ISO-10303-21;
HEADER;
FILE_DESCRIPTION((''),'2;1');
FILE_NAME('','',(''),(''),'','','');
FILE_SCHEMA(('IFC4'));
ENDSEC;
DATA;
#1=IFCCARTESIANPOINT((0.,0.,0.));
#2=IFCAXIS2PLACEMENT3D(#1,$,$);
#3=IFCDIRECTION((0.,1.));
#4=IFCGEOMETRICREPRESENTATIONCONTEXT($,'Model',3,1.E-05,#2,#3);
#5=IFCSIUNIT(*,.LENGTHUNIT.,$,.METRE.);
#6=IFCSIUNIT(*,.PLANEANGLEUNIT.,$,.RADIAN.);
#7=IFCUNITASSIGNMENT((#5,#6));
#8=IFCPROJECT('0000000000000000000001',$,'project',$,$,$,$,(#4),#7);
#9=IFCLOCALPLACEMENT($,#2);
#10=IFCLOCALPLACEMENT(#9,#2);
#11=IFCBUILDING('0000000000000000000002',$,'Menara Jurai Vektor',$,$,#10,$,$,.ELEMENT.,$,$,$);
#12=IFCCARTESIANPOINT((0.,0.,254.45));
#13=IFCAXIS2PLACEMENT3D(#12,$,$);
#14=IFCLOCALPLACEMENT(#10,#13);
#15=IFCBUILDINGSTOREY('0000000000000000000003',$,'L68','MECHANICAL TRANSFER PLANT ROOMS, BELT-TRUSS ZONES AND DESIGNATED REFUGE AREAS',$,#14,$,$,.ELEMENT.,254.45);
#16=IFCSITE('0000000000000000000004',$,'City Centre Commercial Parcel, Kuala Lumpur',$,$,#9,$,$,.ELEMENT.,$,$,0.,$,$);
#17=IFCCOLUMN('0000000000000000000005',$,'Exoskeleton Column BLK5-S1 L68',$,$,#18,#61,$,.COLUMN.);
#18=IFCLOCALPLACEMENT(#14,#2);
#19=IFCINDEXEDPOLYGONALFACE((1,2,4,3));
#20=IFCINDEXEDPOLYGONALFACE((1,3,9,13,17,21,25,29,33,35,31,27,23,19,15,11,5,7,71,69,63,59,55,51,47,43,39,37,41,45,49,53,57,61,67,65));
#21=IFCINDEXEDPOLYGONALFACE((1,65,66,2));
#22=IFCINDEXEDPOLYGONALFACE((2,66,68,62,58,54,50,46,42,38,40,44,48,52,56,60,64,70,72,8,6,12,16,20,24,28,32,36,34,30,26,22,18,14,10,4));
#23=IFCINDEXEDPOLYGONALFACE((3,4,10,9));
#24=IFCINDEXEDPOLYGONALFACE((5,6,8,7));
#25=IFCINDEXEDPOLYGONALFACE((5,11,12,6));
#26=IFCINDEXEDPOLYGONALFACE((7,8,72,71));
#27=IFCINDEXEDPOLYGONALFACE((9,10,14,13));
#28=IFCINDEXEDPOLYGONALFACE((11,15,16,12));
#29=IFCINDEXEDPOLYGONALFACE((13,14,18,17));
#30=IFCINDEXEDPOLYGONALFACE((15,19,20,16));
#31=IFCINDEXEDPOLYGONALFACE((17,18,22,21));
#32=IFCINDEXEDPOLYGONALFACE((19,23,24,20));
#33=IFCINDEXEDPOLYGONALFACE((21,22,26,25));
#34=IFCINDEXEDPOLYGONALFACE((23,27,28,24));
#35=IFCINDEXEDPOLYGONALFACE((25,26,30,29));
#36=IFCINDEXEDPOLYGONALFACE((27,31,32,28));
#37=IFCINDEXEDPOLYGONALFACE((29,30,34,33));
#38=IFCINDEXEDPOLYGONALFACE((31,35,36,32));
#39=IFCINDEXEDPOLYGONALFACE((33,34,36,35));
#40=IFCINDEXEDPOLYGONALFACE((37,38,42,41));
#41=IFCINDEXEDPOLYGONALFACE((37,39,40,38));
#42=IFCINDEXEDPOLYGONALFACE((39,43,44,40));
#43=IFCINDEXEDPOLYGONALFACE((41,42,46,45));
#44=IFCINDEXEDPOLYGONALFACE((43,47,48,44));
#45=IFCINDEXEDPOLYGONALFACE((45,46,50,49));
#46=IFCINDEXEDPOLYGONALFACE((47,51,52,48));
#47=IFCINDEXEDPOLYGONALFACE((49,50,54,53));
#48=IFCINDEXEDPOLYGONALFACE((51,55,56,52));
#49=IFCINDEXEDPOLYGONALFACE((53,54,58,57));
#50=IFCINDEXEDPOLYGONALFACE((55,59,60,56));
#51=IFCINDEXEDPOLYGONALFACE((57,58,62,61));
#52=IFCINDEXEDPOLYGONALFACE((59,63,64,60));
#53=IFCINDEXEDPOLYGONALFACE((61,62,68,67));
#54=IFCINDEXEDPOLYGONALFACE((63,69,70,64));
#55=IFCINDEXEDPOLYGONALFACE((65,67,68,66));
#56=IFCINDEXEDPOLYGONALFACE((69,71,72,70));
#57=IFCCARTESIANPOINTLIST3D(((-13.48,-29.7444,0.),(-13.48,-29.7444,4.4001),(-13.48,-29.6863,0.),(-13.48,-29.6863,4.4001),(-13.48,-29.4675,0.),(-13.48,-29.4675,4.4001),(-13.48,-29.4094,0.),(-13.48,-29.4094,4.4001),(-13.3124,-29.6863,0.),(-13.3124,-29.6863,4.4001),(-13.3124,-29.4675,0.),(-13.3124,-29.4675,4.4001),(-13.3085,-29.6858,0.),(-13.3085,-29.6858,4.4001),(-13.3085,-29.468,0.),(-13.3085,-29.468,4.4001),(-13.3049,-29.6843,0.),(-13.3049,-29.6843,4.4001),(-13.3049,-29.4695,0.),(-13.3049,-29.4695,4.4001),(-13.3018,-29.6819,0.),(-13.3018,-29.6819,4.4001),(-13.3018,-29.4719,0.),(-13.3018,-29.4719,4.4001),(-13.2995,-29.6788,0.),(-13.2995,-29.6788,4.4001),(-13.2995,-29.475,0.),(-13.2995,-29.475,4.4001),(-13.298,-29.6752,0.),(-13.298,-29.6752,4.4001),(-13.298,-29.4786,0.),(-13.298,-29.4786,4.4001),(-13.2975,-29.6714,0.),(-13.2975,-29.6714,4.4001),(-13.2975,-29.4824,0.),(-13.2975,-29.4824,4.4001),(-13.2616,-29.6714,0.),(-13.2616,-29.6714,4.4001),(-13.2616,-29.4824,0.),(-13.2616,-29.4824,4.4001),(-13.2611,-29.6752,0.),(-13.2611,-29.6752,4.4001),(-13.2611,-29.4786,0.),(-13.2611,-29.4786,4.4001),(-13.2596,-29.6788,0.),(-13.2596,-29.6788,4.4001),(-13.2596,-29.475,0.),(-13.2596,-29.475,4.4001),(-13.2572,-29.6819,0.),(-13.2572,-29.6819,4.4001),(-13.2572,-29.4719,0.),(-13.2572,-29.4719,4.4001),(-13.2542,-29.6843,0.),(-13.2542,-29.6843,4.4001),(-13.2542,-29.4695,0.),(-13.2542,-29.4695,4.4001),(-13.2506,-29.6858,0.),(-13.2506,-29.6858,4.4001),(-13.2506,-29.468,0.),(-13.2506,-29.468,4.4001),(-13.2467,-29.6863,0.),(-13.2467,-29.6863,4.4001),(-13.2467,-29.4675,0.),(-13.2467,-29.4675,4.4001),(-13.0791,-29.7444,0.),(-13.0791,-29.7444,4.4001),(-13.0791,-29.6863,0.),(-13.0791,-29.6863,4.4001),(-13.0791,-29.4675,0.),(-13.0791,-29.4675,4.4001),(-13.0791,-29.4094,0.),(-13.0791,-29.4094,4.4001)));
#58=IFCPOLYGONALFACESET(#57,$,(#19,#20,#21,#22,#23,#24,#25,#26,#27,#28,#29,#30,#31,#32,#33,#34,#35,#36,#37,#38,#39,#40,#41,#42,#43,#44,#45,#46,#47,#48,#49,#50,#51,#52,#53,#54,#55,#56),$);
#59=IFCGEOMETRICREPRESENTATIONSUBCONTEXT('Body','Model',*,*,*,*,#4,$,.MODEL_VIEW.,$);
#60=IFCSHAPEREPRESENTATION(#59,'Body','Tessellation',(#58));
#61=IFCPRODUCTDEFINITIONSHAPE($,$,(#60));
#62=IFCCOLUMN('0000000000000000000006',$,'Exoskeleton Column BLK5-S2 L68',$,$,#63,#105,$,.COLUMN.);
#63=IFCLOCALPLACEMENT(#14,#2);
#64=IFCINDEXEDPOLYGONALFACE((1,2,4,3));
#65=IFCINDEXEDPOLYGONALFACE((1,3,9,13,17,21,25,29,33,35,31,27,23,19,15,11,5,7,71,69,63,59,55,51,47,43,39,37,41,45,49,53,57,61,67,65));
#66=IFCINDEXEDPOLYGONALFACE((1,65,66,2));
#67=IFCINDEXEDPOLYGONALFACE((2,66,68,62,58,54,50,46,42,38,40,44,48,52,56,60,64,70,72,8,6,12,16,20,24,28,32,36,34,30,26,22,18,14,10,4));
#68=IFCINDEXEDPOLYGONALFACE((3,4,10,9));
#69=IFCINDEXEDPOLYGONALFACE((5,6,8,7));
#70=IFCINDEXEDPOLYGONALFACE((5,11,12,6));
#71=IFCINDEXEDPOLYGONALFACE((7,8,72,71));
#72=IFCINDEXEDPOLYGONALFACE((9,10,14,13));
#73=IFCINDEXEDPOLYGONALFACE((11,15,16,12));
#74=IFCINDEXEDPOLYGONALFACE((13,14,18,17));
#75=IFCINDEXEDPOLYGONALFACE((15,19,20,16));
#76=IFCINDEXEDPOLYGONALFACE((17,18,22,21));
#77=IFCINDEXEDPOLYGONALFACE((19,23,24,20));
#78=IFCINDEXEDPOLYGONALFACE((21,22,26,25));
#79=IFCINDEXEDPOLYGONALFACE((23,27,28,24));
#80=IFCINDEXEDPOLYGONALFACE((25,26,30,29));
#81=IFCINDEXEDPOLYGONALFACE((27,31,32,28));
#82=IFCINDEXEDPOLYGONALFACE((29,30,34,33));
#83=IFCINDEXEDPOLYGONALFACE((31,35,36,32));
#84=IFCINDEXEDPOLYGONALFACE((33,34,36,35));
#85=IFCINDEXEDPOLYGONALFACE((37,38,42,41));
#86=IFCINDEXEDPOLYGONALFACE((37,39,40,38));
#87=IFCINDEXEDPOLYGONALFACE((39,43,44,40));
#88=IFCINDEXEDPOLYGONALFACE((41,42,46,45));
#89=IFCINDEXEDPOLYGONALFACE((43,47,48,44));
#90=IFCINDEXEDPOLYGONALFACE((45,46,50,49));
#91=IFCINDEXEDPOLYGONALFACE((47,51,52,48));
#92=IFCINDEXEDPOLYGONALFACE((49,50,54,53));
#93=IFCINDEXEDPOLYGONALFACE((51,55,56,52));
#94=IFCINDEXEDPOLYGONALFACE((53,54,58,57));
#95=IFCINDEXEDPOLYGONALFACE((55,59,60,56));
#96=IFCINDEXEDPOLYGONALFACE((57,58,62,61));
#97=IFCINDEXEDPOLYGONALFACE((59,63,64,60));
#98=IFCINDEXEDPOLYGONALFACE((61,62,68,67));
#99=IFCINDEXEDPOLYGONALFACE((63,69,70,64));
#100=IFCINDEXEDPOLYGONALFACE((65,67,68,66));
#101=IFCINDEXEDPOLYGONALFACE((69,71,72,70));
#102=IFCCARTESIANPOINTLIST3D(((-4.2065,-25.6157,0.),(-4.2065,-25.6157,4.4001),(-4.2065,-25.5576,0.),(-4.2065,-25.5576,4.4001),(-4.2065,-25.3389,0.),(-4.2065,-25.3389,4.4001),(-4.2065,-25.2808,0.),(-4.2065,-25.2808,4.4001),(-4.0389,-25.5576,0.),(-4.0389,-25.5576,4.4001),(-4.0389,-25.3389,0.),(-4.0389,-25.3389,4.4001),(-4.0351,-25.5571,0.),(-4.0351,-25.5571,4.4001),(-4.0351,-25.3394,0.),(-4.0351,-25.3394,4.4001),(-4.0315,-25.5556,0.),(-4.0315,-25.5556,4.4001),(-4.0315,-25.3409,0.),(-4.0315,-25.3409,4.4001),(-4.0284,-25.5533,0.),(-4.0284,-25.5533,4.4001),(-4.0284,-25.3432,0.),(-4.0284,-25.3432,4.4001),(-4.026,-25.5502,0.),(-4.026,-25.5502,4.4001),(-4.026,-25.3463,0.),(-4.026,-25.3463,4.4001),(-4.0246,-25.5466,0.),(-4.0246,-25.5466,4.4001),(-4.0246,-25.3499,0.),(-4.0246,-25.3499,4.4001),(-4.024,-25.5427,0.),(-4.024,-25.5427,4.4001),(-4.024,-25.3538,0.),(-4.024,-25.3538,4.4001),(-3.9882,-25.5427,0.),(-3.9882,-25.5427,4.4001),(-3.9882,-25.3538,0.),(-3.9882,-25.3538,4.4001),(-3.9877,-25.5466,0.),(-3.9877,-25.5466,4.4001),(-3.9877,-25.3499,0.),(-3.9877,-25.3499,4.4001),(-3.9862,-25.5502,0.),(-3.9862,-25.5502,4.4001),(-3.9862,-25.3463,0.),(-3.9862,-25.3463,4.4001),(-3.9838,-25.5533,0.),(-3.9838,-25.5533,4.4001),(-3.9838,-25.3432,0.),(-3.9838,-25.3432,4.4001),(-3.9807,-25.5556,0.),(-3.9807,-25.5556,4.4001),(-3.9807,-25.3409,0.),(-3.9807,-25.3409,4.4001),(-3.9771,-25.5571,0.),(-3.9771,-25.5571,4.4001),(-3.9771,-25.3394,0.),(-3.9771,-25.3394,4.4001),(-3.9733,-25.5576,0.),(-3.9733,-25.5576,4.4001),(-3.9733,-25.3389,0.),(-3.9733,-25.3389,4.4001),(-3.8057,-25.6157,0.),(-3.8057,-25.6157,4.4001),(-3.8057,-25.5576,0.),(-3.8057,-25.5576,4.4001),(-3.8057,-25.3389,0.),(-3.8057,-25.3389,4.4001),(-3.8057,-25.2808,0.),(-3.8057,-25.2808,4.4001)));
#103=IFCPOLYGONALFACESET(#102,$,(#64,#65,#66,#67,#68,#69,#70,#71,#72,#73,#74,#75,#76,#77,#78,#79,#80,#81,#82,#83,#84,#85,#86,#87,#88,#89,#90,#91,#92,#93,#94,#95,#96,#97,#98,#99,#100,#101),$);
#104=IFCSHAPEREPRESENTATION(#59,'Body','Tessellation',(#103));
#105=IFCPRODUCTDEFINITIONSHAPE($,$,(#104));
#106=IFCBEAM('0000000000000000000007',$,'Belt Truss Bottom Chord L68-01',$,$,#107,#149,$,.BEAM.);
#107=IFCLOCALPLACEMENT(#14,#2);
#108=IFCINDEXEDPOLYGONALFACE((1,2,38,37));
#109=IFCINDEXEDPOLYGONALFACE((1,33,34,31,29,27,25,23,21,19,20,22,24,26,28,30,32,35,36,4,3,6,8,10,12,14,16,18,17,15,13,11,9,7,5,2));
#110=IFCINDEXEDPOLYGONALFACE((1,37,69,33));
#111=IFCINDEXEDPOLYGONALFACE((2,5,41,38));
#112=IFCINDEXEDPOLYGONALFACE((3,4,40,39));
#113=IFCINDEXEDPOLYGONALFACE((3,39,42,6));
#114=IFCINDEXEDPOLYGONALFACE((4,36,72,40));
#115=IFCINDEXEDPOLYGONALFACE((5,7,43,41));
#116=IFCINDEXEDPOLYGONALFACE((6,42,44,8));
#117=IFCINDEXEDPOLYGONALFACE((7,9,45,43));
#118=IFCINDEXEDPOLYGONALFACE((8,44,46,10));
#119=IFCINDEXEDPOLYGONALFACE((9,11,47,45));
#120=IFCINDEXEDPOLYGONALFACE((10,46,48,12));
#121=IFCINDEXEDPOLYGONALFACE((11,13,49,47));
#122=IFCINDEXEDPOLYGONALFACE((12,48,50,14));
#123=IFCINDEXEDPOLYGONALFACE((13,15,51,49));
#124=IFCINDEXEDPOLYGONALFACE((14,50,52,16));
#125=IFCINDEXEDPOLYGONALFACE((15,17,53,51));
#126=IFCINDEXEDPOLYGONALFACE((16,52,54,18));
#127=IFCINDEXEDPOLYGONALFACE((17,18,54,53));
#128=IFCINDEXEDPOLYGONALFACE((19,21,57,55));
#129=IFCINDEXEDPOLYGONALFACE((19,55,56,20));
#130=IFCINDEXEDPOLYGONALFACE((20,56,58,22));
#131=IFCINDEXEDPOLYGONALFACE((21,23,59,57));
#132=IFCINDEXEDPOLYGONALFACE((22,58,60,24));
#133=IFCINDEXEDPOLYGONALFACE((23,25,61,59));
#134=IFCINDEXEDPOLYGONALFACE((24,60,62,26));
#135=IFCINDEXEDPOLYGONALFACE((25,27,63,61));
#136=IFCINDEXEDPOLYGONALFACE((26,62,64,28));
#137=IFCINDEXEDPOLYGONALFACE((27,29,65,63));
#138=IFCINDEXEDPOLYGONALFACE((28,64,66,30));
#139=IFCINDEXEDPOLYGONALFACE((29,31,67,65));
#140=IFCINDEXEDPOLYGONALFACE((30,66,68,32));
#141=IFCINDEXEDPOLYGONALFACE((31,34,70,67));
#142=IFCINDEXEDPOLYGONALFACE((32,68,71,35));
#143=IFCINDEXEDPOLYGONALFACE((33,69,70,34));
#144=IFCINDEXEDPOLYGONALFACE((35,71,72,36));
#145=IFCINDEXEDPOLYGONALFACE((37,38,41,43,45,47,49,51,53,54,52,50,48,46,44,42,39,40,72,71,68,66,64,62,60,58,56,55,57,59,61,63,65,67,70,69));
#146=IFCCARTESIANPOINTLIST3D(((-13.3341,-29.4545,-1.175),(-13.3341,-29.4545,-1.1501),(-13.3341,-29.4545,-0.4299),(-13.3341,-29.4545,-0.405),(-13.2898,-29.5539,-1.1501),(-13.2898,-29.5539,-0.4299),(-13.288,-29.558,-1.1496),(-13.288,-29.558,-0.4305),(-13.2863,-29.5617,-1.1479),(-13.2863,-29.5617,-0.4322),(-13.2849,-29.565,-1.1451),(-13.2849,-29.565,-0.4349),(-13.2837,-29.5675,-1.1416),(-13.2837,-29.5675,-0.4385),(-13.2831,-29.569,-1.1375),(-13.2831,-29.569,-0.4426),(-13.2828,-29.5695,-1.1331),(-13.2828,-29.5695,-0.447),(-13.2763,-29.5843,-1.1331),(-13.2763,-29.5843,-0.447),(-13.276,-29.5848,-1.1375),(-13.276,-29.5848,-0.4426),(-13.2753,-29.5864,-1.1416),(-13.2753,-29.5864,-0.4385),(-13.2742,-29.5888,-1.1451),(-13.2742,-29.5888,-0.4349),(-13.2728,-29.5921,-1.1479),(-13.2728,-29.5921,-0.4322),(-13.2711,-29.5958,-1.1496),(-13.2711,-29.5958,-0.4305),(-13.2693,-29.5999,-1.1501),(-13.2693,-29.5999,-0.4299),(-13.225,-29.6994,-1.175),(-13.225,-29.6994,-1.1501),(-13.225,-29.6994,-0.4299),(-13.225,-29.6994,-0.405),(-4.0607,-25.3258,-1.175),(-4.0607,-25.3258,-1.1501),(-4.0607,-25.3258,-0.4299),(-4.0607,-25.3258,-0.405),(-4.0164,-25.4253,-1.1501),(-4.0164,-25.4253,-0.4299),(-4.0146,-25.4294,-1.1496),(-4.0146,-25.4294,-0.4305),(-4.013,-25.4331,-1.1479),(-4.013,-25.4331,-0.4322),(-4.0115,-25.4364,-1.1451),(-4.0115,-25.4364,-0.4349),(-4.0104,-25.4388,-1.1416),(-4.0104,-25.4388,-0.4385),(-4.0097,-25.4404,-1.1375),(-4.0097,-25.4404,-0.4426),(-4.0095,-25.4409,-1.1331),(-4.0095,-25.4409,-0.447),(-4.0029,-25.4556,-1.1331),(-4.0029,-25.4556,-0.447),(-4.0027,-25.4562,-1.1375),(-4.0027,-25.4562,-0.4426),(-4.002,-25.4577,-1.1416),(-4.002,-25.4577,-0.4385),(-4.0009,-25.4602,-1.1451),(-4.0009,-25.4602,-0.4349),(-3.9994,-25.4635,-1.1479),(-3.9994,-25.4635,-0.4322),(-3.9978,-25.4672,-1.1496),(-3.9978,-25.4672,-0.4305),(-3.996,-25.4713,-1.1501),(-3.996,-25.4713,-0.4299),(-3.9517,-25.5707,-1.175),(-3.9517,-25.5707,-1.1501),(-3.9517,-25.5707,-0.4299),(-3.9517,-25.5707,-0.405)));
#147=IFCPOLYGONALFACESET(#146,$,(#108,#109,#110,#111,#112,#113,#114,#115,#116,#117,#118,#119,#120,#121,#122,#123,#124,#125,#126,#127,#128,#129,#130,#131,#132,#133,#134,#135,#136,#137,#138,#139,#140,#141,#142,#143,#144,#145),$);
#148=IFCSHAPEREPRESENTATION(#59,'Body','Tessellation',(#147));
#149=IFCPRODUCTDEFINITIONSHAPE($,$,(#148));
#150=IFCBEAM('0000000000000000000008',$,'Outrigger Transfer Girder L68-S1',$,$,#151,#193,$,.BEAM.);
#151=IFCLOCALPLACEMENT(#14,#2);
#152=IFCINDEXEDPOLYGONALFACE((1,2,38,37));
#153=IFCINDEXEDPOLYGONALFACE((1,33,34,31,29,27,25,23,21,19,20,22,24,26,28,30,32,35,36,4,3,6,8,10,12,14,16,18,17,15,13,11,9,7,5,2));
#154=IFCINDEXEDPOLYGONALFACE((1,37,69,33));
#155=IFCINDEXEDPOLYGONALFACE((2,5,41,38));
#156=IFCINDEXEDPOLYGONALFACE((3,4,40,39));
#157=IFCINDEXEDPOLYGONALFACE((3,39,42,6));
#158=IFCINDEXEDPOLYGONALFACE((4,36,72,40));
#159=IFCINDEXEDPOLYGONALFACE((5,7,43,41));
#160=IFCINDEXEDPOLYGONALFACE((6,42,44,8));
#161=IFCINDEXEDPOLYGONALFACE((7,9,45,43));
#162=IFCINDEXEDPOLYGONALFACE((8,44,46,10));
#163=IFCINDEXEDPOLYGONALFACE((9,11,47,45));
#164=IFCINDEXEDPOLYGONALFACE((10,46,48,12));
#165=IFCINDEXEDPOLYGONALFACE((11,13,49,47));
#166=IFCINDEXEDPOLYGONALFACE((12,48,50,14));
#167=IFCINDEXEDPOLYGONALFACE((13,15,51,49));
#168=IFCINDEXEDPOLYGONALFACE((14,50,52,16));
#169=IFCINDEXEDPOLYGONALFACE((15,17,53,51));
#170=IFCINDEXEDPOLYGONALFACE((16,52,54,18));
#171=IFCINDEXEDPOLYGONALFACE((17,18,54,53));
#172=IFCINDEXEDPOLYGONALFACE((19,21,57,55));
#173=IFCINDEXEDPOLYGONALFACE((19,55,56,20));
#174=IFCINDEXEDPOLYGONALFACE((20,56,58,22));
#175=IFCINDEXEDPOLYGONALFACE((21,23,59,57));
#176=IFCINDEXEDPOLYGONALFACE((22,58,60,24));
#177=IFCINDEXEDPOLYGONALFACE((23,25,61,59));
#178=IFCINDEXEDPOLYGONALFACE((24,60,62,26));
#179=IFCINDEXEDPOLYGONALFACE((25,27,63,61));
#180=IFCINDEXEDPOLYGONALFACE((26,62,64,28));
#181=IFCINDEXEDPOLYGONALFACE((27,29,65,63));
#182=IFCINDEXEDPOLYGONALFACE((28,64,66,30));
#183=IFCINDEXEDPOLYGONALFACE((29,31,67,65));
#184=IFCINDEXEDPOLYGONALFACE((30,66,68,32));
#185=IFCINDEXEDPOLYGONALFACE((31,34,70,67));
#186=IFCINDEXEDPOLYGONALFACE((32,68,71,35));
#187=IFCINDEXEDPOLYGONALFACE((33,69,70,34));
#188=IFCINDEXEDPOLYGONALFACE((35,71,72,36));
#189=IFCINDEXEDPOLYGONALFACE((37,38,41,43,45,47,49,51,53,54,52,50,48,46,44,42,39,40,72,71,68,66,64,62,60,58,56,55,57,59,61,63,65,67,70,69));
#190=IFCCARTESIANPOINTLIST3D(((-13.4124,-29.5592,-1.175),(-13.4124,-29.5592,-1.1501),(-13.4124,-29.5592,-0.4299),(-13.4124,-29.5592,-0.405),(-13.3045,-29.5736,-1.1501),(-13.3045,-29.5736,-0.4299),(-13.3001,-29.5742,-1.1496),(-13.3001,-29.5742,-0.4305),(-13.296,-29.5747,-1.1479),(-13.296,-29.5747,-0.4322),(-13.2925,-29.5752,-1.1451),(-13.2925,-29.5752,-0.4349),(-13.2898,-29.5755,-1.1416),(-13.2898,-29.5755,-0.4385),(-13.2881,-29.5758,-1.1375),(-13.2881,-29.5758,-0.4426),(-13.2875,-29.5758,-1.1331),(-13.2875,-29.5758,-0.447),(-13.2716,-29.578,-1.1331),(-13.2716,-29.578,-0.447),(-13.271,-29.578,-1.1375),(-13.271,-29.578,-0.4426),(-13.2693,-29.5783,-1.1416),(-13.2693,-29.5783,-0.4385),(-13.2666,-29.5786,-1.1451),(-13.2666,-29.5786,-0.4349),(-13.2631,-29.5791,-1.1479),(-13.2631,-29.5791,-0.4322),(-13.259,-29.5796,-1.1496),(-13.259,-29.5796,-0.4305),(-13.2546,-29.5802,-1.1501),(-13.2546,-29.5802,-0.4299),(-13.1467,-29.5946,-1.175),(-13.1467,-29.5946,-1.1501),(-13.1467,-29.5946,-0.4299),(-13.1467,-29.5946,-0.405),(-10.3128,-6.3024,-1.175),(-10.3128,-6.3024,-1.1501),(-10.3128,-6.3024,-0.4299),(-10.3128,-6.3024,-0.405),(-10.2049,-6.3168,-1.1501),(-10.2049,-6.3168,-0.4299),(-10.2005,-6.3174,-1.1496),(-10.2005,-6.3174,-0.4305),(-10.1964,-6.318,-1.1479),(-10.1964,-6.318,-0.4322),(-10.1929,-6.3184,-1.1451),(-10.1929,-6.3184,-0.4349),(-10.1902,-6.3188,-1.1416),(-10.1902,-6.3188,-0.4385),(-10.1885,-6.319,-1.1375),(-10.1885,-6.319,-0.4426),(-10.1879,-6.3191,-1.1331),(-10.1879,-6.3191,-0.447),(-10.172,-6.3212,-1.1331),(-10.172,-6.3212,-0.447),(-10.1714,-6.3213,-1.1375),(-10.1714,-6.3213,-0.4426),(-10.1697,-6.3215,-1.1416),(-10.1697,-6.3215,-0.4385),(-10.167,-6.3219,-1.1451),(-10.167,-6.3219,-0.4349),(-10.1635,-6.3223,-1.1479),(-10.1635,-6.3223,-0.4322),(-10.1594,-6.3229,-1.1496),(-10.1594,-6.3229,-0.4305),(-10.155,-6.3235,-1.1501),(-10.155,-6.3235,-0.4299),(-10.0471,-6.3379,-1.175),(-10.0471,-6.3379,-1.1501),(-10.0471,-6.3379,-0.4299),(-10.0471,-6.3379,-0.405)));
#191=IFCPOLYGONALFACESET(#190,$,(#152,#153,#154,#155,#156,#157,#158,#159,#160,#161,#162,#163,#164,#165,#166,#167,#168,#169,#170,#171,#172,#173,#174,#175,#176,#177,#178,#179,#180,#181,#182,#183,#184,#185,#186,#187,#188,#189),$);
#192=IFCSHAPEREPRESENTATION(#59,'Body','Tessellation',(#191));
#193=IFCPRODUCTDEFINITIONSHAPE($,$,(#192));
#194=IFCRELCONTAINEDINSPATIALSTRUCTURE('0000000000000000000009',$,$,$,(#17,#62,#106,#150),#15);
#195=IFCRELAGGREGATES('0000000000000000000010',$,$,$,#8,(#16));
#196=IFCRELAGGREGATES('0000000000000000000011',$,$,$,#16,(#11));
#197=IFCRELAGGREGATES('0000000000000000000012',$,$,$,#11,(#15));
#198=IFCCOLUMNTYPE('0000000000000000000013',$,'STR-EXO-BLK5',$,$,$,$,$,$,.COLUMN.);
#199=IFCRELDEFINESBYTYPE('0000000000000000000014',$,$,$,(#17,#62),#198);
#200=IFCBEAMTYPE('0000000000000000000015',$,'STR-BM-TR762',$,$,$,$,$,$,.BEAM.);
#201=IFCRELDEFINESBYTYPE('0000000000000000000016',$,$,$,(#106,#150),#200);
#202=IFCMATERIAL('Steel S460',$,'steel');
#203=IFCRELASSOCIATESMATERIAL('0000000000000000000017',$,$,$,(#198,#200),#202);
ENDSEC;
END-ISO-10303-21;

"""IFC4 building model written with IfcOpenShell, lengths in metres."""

from ifc_helpers import new_model, si_unit, direction, frame, origin, origin_2d, place, context, subcontext, project, spatial, i_section, extrude, material, material_profile, profile_set, type_object, element, save


model = new_model("IFC4")

# Units and contexts
model_context = context("Model", 3, precision=1e-05, world=origin(), true_north=direction((0.0, 1.0)))
body_context = subcontext(model_context, "Body", "Model", "MODEL_VIEW")
ifc_project = project(units=[si_unit("LENGTHUNIT", "METRE"), si_unit("PLANEANGLEUNIT", "RADIAN")], contexts=[model_context])

# Site, building, storey
site_placement = place(None, origin())
site = spatial("IfcSite", under=ifc_project, at=site_placement, Name="City Centre Commercial Parcel, Kuala Lumpur", CompositionType="ELEMENT", RefElevation=0.0)
building_placement = place(site_placement, origin())
building = spatial("IfcBuilding", under=site, at=building_placement, Name="Menara Jurai Vektor", CompositionType="ELEMENT")
storey_placement = place(building_placement, frame((0.0, 0.0, 254.45)))
storey = spatial("IfcBuildingStorey", under=building, at=storey_placement, Name="L68", Description="MECHANICAL TRANSFER PLANT ROOMS, BELT-TRUSS ZONES AND DESIGNATED REFUGE AREAS", CompositionType="ELEMENT", Elevation=254.45)

# Columns
ifc_material_1 = material(Name="Steel S460", Category="steel")
ifc_material_profile_1 = material_profile(ifc_material_1, i_section(OverallWidth=0.4009, OverallDepth=0.335, WebThickness=0.0359, FlangeThickness=0.0581, FilletRadius=0.0149, at=origin_2d()), Name="HD 400x463")
ifc_profile_set_1 = profile_set([ifc_material_profile_1], Name="Steel S460")
column_type = type_object("IfcColumnType", Name="STR-EXO-BLK5", PredefinedType="COLUMN", material=ifc_profile_set_1)
for number, where, z_axis, x_axis, name in (
    (1, (-13.2795, -29.5769, 0.0), (0.0, 0.0, 1.0), (1.0, 0.0, 0.0), "Exoskeleton Column BLK5-S1 L68"),
    (2, (-4.0061, -25.4482, 0.0), (0.0, 0.0, 1.0), (1.0, 0.0, 0.0), "Exoskeleton Column BLK5-S2 L68"),
):
    element("IfcColumn", number, at=place(storey_placement, frame(where, z_axis=z_axis, x_axis=x_axis)), inside=storey, type_object=column_type, Name=name, PredefinedType="COLUMN", context=body_context, shape_type="SweptSolid", body=[
        extrude(i_section(OverallWidth=0.4009, OverallDepth=0.335, WebThickness=0.0359, FlangeThickness=0.0581, FilletRadius=0.0149, at=origin_2d()), origin(), (0.0, 0.0, 1.0), 4.4001),
    ])

# Beams
ifc_material_profile_2 = material_profile(ifc_material_1, i_section(OverallWidth=0.2681, OverallDepth=0.77, WebThickness=0.0161, FlangeThickness=0.0249, FilletRadius=0.0171, at=origin_2d()), Name="UKB 762x267x197")
ifc_profile_set_2 = profile_set([ifc_material_profile_2], Name="Steel S460")
beam_type_1 = type_object("IfcBeamType", Name="STR-BM-TR762", PredefinedType="BEAM", material=ifc_profile_set_2)
beam_1_placement = place(storey_placement, frame((-13.2795, -29.5769, -0.79), z_axis=(0.913551, 0.406725, 0.0), x_axis=(-0.406725, 0.913551, 0.0)))
element("IfcBeam", 3, at=beam_1_placement, inside=storey, type_object=beam_type_1, Name="Belt Truss Bottom Chord L68-01", PredefinedType="BEAM", context=body_context, shape_type="SweptSolid", body=[
    extrude(i_section(OverallWidth=0.2681, OverallDepth=0.77, WebThickness=0.0161, FlangeThickness=0.0249, FilletRadius=0.0171, at=origin_2d()), origin(), (0.0, 0.0, 1.0), 10.1509),
])
beam_2_placement = place(storey_placement, frame((-13.2795, -29.5769, -0.79), z_axis=(0.132109, 0.991235, 0.0), x_axis=(-0.991235, 0.132109, 0.0)))
element("IfcBeam", 4, at=beam_2_placement, inside=storey, type_object=beam_type_1, Name="Outrigger Transfer Girder L68-S1", PredefinedType="BEAM", context=body_context, shape_type="SweptSolid", body=[
    extrude(i_section(OverallWidth=0.2681, OverallDepth=0.77, WebThickness=0.0161, FlangeThickness=0.0249, FilletRadius=0.0171, at=origin_2d()), origin(), (0.0, 0.0, 1.0), 23.4624),
])

save(model, "model.ifc")
